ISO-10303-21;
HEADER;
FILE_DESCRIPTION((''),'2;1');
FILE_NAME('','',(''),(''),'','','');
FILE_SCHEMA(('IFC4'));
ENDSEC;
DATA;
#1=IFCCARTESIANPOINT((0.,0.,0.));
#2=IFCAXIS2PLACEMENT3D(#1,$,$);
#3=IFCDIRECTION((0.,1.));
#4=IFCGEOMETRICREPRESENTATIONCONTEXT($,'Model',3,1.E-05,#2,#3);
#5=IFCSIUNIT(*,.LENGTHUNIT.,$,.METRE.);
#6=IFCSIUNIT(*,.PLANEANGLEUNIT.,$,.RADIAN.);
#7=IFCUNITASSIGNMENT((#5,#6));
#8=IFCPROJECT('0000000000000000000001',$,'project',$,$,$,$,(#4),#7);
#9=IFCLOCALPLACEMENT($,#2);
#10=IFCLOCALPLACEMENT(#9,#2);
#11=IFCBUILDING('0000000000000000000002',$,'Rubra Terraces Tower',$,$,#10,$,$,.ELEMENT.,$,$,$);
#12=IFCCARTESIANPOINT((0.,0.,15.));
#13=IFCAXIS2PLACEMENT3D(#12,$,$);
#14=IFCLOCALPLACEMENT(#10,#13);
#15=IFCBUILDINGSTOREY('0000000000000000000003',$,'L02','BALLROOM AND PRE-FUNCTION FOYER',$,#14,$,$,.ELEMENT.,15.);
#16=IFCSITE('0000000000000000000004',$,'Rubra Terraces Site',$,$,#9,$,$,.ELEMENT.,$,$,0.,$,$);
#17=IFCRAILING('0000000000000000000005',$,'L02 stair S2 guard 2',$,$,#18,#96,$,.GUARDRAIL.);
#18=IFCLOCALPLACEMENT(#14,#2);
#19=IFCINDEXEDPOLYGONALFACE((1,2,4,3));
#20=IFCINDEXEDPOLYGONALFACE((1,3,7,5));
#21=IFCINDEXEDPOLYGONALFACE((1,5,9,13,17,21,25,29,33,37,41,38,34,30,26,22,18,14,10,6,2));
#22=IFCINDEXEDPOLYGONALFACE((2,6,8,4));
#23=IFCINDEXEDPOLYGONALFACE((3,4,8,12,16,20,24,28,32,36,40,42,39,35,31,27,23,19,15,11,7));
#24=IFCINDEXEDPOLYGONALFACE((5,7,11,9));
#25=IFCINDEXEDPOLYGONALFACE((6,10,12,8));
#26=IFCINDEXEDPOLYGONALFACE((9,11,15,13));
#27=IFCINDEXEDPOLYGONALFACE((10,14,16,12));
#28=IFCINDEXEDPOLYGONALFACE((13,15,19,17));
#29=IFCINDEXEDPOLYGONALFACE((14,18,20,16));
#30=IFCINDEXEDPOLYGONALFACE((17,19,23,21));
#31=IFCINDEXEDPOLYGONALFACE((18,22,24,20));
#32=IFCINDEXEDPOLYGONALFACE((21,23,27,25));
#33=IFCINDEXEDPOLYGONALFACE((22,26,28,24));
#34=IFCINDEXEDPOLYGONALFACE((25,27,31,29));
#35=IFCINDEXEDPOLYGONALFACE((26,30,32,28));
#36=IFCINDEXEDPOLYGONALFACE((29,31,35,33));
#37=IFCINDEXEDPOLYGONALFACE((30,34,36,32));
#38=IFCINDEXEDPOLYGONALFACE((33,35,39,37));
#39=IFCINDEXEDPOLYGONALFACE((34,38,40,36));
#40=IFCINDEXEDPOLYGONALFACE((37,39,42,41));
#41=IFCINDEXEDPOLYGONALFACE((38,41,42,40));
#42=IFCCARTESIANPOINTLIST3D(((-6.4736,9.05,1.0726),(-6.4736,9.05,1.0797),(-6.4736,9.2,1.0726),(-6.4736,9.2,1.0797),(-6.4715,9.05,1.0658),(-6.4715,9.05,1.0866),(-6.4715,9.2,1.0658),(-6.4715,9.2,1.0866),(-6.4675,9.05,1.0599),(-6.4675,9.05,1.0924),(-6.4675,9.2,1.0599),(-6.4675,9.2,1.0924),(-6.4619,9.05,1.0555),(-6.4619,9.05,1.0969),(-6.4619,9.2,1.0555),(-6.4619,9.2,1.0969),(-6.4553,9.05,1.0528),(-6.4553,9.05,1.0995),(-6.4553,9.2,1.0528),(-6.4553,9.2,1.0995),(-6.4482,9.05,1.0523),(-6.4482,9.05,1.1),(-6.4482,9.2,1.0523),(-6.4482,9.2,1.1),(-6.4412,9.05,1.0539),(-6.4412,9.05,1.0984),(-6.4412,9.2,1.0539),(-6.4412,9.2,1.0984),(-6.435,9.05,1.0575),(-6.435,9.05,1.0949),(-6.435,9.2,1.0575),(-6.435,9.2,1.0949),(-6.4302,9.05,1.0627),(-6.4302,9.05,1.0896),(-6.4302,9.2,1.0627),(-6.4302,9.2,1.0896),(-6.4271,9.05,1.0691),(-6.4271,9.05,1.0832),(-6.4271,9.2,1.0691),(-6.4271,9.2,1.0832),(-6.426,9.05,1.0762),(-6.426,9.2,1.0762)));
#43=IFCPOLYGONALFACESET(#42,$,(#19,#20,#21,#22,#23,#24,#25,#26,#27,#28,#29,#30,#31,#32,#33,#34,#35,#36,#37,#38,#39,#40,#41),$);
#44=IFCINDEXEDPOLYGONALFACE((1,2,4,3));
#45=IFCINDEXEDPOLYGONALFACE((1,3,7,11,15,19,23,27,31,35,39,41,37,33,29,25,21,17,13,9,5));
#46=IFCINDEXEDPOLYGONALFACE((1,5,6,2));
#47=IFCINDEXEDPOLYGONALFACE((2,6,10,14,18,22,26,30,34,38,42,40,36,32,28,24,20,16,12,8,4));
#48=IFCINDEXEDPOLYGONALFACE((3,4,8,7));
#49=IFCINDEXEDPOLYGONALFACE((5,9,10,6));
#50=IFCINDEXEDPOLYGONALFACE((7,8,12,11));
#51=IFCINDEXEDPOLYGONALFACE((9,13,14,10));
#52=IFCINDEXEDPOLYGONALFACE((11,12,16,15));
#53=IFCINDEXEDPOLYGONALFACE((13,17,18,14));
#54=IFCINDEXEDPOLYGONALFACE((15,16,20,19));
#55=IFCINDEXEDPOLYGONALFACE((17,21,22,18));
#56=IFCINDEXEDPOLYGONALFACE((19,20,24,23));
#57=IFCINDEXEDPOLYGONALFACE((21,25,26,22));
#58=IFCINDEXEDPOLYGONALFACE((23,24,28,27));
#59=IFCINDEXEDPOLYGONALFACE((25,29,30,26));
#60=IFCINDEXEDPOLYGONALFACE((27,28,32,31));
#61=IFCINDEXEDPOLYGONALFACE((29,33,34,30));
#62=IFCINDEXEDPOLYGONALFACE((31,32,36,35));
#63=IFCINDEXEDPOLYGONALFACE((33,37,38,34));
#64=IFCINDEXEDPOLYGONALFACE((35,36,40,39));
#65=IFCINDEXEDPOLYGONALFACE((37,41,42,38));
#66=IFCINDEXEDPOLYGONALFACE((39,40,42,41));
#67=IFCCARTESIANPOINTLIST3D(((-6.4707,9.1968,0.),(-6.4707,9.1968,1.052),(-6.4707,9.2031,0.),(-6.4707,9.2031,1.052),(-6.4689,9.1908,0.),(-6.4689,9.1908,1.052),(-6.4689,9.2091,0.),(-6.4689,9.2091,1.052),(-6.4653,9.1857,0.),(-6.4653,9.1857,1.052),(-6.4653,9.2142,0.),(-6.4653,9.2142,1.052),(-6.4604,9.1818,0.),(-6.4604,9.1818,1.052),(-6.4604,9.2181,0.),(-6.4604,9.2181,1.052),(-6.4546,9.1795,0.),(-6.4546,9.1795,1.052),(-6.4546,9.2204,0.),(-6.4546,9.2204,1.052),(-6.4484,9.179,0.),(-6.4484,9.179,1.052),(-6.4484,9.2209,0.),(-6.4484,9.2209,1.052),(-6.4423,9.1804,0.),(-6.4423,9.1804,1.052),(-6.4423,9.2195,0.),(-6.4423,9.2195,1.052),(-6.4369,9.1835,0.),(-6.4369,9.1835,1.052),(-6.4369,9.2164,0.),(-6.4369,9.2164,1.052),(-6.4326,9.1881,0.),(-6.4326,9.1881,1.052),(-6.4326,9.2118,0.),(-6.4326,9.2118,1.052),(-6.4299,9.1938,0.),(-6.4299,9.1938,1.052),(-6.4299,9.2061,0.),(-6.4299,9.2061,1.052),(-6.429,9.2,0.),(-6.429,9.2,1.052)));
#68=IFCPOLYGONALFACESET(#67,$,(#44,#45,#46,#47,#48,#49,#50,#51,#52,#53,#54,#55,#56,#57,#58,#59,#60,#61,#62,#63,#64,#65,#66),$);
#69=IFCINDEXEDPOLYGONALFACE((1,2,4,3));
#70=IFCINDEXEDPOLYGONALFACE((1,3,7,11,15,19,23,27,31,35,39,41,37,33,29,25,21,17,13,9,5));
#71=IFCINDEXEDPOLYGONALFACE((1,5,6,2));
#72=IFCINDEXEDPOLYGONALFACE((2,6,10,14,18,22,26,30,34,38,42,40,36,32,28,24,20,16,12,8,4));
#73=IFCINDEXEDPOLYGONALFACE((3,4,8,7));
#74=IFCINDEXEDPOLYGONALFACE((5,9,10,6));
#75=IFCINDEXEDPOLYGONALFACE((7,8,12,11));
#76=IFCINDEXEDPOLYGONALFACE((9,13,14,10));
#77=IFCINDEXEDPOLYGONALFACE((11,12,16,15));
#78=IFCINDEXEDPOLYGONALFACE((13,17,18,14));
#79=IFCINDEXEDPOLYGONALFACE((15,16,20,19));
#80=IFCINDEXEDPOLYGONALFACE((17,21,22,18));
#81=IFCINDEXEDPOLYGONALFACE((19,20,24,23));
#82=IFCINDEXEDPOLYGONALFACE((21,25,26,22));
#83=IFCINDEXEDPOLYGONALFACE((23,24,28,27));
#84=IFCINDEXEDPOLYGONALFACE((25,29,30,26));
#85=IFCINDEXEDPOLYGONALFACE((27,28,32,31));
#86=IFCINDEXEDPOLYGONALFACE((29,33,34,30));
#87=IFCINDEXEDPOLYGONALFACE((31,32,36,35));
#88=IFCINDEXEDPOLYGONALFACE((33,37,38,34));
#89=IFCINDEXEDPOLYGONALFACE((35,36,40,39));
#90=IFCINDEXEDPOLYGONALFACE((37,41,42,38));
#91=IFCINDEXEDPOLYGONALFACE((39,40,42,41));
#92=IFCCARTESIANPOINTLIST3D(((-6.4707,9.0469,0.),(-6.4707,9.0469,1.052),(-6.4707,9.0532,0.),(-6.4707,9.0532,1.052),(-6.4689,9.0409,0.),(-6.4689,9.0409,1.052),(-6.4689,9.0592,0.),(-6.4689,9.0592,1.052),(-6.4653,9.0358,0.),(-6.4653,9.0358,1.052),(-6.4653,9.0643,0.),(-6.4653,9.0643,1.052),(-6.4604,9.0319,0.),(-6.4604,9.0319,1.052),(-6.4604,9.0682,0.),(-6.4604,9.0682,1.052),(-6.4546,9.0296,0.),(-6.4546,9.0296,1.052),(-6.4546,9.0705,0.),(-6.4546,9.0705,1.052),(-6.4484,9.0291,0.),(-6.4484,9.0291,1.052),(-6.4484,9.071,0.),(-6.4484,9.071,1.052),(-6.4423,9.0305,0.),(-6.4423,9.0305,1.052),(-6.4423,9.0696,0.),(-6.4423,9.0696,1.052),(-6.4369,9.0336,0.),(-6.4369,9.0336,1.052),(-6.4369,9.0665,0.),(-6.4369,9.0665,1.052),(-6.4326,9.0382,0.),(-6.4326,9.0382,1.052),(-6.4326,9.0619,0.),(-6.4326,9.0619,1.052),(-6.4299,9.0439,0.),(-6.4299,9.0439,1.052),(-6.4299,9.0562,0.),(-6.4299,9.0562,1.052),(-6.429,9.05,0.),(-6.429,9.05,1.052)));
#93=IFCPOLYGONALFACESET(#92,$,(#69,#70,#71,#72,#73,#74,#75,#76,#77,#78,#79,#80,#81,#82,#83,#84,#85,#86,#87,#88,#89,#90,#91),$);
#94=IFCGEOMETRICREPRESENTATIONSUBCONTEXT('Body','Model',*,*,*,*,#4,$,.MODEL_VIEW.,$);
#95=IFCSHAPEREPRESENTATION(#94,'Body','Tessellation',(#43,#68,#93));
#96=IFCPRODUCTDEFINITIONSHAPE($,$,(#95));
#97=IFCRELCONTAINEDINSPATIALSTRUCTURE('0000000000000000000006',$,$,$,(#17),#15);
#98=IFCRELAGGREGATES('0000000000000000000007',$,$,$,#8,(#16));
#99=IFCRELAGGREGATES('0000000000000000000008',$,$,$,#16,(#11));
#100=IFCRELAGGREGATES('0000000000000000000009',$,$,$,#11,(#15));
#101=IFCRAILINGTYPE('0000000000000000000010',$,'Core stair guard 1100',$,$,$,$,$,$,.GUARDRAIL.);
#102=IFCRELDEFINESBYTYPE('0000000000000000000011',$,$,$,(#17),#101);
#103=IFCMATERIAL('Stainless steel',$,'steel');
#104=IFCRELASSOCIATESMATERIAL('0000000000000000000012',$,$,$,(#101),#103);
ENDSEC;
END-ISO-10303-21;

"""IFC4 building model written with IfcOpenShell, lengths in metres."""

from ifc_helpers import new_model, si_unit, direction, frame, origin, origin_2d, place, context, subcontext, project, spatial, circle, extrude, material, type_object, element, save


model = new_model("IFC4")

# Units and contexts
model_context = context("Model", 3, precision=1e-05, world=origin(), true_north=direction((0.0, 1.0)))
body_context = subcontext(model_context, "Body", "Model", "MODEL_VIEW")
ifc_project = project(units=[si_unit("LENGTHUNIT", "METRE"), si_unit("PLANEANGLEUNIT", "RADIAN")], contexts=[model_context])

# Site, building, storey
site_placement = place(None, origin())
site = spatial("IfcSite", under=ifc_project, at=site_placement, Name="Rubra Terraces Site", CompositionType="ELEMENT", RefElevation=0.0)
building_placement = place(site_placement, origin())
building = spatial("IfcBuilding", under=site, at=building_placement, Name="Rubra Terraces Tower", CompositionType="ELEMENT")
storey_placement = place(building_placement, frame((0.0, 0.0, 15.0)))
storey = spatial("IfcBuildingStorey", under=building, at=storey_placement, Name="L02", Description="BALLROOM AND PRE-FUNCTION FOYER", CompositionType="ELEMENT", Elevation=15.0)

# Shared definitions
ifc_material_1 = material(Name="Stainless steel", Category="steel")

# Railing
railing_type_1 = type_object("IfcRailingType", Name="Core stair guard 1100", PredefinedType="GUARDRAIL", material=ifc_material_1)
railing_1_placement = place(storey_placement, frame((-6.45, 9.2, 0.0)))
element("IfcRailing", 1, at=railing_1_placement, inside=storey, type_object=railing_type_1, Name="L02 stair S2 guard 2", PredefinedType="GUARDRAIL", context=body_context, shape_type="SweptSolid", body=[
    extrude(circle(Radius=0.0239, at=origin_2d()), frame((0.0, 0.0, 1.0762), z_axis=(0.0, -1.0, 0.0), x_axis=(1.0, 0.0, 0.0)), (0.0, 0.0, 1.0), 0.1499),
    extrude(circle(Radius=0.021, at=origin_2d()), origin(), (0.0, 0.0, 1.0), 1.052),
    extrude(circle(Radius=0.021, at=origin_2d()), frame((0.0, -0.1499, 0.0)), (0.0, 0.0, 1.0), 1.052),
])

save(model, "model.ifc")
